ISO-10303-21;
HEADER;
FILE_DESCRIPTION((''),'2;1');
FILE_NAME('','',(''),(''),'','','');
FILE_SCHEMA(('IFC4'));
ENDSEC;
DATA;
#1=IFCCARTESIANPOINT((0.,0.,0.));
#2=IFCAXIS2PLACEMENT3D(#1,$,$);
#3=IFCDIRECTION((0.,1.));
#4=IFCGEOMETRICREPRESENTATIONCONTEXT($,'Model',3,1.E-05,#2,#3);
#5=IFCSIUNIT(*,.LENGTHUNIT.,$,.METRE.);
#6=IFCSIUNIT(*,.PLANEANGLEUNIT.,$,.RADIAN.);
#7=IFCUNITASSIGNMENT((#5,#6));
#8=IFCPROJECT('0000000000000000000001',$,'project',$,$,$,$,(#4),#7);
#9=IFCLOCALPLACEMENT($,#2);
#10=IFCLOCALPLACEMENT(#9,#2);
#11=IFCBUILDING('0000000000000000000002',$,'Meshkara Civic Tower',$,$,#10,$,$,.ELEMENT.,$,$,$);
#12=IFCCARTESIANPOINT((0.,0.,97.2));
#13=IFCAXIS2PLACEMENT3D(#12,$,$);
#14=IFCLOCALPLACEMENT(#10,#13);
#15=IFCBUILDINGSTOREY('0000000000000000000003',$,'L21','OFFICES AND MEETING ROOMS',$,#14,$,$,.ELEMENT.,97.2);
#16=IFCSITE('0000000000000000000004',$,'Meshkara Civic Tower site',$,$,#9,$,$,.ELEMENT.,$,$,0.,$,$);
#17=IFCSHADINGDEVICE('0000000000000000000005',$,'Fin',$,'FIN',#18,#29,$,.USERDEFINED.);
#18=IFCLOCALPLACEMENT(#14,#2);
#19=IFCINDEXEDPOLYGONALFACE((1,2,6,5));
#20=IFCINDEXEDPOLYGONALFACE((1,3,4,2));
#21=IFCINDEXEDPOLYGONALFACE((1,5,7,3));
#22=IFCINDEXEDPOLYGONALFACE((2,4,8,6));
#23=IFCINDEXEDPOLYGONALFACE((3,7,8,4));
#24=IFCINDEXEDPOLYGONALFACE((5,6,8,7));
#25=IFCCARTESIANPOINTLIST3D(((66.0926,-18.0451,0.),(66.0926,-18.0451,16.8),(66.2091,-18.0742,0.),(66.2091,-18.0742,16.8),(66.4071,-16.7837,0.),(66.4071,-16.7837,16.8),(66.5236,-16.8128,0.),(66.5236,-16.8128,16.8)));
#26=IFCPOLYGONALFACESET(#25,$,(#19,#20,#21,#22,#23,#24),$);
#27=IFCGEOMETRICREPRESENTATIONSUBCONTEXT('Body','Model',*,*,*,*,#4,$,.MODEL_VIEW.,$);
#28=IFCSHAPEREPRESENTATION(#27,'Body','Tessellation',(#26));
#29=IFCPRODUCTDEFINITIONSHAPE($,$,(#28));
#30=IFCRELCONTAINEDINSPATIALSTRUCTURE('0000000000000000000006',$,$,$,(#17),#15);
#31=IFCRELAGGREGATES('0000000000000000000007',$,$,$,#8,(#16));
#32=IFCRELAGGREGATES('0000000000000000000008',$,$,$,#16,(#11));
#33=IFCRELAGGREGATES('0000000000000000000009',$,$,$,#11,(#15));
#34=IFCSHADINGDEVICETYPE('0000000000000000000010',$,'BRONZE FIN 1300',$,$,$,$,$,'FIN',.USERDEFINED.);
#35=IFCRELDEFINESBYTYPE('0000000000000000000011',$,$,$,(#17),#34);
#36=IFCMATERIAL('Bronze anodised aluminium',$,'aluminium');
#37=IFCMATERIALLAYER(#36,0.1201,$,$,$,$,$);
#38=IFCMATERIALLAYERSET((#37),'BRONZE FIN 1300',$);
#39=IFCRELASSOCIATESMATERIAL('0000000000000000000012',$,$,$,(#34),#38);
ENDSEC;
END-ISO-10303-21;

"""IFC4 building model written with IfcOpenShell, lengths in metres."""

from ifc_helpers import new_model, si_unit, direction, frame, origin, origin_2d, place, context, subcontext, project, spatial, rectangle, extrude, material, layer, layer_set, type_object, element, save


model = new_model("IFC4")

# Units and contexts
model_context = context("Model", 3, precision=1e-05, world=origin(), true_north=direction((0.0, 1.0)))
body_context = subcontext(model_context, "Body", "Model", "MODEL_VIEW")
ifc_project = project(units=[si_unit("LENGTHUNIT", "METRE"), si_unit("PLANEANGLEUNIT", "RADIAN")], contexts=[model_context])

# Site, building, storey
site_placement = place(None, origin())
site = spatial("IfcSite", under=ifc_project, at=site_placement, Name="Meshkara Civic Tower site", CompositionType="ELEMENT", RefElevation=0.0)
building_placement = place(site_placement, origin())
building = spatial("IfcBuilding", under=site, at=building_placement, Name="Meshkara Civic Tower", CompositionType="ELEMENT")
storey_placement = place(building_placement, frame((0.0, 0.0, 97.2)))
storey = spatial("IfcBuildingStorey", under=building, at=storey_placement, Name="L21", Description="OFFICES AND MEETING ROOMS", CompositionType="ELEMENT", Elevation=97.2)

# Shading device
ifc_material_1 = material(Name="Bronze anodised aluminium", Category="aluminium")
ifc_layer_1 = layer(ifc_material_1, 0.1201)
ifc_layer_set_1 = layer_set([ifc_layer_1], Name="BRONZE FIN 1300")
shading_device_type = type_object("IfcShadingDeviceType", Name="BRONZE FIN 1300", ElementType="FIN", PredefinedType="USERDEFINED", material=ifc_layer_set_1)
for number, where, z_axis, x_axis, name in (
    (1, (66.3081, -17.429, 0.0), (0.0, 0.0, 1.0), (0.9703, -0.241905, 0.0), "Fin"),
):
    element("IfcShadingDevice", number, at=place(storey_placement, frame(where, z_axis=z_axis, x_axis=x_axis)), inside=storey, type_object=shading_device_type, Name=name, ObjectType="FIN", PredefinedType="USERDEFINED", context=body_context, shape_type="SweptSolid", body=[
        extrude(rectangle(XDim=0.1201, YDim=1.3, at=origin_2d()), origin(), (0.0, 0.0, 1.0), 16.8),
    ])

save(model, "model.ifc")
